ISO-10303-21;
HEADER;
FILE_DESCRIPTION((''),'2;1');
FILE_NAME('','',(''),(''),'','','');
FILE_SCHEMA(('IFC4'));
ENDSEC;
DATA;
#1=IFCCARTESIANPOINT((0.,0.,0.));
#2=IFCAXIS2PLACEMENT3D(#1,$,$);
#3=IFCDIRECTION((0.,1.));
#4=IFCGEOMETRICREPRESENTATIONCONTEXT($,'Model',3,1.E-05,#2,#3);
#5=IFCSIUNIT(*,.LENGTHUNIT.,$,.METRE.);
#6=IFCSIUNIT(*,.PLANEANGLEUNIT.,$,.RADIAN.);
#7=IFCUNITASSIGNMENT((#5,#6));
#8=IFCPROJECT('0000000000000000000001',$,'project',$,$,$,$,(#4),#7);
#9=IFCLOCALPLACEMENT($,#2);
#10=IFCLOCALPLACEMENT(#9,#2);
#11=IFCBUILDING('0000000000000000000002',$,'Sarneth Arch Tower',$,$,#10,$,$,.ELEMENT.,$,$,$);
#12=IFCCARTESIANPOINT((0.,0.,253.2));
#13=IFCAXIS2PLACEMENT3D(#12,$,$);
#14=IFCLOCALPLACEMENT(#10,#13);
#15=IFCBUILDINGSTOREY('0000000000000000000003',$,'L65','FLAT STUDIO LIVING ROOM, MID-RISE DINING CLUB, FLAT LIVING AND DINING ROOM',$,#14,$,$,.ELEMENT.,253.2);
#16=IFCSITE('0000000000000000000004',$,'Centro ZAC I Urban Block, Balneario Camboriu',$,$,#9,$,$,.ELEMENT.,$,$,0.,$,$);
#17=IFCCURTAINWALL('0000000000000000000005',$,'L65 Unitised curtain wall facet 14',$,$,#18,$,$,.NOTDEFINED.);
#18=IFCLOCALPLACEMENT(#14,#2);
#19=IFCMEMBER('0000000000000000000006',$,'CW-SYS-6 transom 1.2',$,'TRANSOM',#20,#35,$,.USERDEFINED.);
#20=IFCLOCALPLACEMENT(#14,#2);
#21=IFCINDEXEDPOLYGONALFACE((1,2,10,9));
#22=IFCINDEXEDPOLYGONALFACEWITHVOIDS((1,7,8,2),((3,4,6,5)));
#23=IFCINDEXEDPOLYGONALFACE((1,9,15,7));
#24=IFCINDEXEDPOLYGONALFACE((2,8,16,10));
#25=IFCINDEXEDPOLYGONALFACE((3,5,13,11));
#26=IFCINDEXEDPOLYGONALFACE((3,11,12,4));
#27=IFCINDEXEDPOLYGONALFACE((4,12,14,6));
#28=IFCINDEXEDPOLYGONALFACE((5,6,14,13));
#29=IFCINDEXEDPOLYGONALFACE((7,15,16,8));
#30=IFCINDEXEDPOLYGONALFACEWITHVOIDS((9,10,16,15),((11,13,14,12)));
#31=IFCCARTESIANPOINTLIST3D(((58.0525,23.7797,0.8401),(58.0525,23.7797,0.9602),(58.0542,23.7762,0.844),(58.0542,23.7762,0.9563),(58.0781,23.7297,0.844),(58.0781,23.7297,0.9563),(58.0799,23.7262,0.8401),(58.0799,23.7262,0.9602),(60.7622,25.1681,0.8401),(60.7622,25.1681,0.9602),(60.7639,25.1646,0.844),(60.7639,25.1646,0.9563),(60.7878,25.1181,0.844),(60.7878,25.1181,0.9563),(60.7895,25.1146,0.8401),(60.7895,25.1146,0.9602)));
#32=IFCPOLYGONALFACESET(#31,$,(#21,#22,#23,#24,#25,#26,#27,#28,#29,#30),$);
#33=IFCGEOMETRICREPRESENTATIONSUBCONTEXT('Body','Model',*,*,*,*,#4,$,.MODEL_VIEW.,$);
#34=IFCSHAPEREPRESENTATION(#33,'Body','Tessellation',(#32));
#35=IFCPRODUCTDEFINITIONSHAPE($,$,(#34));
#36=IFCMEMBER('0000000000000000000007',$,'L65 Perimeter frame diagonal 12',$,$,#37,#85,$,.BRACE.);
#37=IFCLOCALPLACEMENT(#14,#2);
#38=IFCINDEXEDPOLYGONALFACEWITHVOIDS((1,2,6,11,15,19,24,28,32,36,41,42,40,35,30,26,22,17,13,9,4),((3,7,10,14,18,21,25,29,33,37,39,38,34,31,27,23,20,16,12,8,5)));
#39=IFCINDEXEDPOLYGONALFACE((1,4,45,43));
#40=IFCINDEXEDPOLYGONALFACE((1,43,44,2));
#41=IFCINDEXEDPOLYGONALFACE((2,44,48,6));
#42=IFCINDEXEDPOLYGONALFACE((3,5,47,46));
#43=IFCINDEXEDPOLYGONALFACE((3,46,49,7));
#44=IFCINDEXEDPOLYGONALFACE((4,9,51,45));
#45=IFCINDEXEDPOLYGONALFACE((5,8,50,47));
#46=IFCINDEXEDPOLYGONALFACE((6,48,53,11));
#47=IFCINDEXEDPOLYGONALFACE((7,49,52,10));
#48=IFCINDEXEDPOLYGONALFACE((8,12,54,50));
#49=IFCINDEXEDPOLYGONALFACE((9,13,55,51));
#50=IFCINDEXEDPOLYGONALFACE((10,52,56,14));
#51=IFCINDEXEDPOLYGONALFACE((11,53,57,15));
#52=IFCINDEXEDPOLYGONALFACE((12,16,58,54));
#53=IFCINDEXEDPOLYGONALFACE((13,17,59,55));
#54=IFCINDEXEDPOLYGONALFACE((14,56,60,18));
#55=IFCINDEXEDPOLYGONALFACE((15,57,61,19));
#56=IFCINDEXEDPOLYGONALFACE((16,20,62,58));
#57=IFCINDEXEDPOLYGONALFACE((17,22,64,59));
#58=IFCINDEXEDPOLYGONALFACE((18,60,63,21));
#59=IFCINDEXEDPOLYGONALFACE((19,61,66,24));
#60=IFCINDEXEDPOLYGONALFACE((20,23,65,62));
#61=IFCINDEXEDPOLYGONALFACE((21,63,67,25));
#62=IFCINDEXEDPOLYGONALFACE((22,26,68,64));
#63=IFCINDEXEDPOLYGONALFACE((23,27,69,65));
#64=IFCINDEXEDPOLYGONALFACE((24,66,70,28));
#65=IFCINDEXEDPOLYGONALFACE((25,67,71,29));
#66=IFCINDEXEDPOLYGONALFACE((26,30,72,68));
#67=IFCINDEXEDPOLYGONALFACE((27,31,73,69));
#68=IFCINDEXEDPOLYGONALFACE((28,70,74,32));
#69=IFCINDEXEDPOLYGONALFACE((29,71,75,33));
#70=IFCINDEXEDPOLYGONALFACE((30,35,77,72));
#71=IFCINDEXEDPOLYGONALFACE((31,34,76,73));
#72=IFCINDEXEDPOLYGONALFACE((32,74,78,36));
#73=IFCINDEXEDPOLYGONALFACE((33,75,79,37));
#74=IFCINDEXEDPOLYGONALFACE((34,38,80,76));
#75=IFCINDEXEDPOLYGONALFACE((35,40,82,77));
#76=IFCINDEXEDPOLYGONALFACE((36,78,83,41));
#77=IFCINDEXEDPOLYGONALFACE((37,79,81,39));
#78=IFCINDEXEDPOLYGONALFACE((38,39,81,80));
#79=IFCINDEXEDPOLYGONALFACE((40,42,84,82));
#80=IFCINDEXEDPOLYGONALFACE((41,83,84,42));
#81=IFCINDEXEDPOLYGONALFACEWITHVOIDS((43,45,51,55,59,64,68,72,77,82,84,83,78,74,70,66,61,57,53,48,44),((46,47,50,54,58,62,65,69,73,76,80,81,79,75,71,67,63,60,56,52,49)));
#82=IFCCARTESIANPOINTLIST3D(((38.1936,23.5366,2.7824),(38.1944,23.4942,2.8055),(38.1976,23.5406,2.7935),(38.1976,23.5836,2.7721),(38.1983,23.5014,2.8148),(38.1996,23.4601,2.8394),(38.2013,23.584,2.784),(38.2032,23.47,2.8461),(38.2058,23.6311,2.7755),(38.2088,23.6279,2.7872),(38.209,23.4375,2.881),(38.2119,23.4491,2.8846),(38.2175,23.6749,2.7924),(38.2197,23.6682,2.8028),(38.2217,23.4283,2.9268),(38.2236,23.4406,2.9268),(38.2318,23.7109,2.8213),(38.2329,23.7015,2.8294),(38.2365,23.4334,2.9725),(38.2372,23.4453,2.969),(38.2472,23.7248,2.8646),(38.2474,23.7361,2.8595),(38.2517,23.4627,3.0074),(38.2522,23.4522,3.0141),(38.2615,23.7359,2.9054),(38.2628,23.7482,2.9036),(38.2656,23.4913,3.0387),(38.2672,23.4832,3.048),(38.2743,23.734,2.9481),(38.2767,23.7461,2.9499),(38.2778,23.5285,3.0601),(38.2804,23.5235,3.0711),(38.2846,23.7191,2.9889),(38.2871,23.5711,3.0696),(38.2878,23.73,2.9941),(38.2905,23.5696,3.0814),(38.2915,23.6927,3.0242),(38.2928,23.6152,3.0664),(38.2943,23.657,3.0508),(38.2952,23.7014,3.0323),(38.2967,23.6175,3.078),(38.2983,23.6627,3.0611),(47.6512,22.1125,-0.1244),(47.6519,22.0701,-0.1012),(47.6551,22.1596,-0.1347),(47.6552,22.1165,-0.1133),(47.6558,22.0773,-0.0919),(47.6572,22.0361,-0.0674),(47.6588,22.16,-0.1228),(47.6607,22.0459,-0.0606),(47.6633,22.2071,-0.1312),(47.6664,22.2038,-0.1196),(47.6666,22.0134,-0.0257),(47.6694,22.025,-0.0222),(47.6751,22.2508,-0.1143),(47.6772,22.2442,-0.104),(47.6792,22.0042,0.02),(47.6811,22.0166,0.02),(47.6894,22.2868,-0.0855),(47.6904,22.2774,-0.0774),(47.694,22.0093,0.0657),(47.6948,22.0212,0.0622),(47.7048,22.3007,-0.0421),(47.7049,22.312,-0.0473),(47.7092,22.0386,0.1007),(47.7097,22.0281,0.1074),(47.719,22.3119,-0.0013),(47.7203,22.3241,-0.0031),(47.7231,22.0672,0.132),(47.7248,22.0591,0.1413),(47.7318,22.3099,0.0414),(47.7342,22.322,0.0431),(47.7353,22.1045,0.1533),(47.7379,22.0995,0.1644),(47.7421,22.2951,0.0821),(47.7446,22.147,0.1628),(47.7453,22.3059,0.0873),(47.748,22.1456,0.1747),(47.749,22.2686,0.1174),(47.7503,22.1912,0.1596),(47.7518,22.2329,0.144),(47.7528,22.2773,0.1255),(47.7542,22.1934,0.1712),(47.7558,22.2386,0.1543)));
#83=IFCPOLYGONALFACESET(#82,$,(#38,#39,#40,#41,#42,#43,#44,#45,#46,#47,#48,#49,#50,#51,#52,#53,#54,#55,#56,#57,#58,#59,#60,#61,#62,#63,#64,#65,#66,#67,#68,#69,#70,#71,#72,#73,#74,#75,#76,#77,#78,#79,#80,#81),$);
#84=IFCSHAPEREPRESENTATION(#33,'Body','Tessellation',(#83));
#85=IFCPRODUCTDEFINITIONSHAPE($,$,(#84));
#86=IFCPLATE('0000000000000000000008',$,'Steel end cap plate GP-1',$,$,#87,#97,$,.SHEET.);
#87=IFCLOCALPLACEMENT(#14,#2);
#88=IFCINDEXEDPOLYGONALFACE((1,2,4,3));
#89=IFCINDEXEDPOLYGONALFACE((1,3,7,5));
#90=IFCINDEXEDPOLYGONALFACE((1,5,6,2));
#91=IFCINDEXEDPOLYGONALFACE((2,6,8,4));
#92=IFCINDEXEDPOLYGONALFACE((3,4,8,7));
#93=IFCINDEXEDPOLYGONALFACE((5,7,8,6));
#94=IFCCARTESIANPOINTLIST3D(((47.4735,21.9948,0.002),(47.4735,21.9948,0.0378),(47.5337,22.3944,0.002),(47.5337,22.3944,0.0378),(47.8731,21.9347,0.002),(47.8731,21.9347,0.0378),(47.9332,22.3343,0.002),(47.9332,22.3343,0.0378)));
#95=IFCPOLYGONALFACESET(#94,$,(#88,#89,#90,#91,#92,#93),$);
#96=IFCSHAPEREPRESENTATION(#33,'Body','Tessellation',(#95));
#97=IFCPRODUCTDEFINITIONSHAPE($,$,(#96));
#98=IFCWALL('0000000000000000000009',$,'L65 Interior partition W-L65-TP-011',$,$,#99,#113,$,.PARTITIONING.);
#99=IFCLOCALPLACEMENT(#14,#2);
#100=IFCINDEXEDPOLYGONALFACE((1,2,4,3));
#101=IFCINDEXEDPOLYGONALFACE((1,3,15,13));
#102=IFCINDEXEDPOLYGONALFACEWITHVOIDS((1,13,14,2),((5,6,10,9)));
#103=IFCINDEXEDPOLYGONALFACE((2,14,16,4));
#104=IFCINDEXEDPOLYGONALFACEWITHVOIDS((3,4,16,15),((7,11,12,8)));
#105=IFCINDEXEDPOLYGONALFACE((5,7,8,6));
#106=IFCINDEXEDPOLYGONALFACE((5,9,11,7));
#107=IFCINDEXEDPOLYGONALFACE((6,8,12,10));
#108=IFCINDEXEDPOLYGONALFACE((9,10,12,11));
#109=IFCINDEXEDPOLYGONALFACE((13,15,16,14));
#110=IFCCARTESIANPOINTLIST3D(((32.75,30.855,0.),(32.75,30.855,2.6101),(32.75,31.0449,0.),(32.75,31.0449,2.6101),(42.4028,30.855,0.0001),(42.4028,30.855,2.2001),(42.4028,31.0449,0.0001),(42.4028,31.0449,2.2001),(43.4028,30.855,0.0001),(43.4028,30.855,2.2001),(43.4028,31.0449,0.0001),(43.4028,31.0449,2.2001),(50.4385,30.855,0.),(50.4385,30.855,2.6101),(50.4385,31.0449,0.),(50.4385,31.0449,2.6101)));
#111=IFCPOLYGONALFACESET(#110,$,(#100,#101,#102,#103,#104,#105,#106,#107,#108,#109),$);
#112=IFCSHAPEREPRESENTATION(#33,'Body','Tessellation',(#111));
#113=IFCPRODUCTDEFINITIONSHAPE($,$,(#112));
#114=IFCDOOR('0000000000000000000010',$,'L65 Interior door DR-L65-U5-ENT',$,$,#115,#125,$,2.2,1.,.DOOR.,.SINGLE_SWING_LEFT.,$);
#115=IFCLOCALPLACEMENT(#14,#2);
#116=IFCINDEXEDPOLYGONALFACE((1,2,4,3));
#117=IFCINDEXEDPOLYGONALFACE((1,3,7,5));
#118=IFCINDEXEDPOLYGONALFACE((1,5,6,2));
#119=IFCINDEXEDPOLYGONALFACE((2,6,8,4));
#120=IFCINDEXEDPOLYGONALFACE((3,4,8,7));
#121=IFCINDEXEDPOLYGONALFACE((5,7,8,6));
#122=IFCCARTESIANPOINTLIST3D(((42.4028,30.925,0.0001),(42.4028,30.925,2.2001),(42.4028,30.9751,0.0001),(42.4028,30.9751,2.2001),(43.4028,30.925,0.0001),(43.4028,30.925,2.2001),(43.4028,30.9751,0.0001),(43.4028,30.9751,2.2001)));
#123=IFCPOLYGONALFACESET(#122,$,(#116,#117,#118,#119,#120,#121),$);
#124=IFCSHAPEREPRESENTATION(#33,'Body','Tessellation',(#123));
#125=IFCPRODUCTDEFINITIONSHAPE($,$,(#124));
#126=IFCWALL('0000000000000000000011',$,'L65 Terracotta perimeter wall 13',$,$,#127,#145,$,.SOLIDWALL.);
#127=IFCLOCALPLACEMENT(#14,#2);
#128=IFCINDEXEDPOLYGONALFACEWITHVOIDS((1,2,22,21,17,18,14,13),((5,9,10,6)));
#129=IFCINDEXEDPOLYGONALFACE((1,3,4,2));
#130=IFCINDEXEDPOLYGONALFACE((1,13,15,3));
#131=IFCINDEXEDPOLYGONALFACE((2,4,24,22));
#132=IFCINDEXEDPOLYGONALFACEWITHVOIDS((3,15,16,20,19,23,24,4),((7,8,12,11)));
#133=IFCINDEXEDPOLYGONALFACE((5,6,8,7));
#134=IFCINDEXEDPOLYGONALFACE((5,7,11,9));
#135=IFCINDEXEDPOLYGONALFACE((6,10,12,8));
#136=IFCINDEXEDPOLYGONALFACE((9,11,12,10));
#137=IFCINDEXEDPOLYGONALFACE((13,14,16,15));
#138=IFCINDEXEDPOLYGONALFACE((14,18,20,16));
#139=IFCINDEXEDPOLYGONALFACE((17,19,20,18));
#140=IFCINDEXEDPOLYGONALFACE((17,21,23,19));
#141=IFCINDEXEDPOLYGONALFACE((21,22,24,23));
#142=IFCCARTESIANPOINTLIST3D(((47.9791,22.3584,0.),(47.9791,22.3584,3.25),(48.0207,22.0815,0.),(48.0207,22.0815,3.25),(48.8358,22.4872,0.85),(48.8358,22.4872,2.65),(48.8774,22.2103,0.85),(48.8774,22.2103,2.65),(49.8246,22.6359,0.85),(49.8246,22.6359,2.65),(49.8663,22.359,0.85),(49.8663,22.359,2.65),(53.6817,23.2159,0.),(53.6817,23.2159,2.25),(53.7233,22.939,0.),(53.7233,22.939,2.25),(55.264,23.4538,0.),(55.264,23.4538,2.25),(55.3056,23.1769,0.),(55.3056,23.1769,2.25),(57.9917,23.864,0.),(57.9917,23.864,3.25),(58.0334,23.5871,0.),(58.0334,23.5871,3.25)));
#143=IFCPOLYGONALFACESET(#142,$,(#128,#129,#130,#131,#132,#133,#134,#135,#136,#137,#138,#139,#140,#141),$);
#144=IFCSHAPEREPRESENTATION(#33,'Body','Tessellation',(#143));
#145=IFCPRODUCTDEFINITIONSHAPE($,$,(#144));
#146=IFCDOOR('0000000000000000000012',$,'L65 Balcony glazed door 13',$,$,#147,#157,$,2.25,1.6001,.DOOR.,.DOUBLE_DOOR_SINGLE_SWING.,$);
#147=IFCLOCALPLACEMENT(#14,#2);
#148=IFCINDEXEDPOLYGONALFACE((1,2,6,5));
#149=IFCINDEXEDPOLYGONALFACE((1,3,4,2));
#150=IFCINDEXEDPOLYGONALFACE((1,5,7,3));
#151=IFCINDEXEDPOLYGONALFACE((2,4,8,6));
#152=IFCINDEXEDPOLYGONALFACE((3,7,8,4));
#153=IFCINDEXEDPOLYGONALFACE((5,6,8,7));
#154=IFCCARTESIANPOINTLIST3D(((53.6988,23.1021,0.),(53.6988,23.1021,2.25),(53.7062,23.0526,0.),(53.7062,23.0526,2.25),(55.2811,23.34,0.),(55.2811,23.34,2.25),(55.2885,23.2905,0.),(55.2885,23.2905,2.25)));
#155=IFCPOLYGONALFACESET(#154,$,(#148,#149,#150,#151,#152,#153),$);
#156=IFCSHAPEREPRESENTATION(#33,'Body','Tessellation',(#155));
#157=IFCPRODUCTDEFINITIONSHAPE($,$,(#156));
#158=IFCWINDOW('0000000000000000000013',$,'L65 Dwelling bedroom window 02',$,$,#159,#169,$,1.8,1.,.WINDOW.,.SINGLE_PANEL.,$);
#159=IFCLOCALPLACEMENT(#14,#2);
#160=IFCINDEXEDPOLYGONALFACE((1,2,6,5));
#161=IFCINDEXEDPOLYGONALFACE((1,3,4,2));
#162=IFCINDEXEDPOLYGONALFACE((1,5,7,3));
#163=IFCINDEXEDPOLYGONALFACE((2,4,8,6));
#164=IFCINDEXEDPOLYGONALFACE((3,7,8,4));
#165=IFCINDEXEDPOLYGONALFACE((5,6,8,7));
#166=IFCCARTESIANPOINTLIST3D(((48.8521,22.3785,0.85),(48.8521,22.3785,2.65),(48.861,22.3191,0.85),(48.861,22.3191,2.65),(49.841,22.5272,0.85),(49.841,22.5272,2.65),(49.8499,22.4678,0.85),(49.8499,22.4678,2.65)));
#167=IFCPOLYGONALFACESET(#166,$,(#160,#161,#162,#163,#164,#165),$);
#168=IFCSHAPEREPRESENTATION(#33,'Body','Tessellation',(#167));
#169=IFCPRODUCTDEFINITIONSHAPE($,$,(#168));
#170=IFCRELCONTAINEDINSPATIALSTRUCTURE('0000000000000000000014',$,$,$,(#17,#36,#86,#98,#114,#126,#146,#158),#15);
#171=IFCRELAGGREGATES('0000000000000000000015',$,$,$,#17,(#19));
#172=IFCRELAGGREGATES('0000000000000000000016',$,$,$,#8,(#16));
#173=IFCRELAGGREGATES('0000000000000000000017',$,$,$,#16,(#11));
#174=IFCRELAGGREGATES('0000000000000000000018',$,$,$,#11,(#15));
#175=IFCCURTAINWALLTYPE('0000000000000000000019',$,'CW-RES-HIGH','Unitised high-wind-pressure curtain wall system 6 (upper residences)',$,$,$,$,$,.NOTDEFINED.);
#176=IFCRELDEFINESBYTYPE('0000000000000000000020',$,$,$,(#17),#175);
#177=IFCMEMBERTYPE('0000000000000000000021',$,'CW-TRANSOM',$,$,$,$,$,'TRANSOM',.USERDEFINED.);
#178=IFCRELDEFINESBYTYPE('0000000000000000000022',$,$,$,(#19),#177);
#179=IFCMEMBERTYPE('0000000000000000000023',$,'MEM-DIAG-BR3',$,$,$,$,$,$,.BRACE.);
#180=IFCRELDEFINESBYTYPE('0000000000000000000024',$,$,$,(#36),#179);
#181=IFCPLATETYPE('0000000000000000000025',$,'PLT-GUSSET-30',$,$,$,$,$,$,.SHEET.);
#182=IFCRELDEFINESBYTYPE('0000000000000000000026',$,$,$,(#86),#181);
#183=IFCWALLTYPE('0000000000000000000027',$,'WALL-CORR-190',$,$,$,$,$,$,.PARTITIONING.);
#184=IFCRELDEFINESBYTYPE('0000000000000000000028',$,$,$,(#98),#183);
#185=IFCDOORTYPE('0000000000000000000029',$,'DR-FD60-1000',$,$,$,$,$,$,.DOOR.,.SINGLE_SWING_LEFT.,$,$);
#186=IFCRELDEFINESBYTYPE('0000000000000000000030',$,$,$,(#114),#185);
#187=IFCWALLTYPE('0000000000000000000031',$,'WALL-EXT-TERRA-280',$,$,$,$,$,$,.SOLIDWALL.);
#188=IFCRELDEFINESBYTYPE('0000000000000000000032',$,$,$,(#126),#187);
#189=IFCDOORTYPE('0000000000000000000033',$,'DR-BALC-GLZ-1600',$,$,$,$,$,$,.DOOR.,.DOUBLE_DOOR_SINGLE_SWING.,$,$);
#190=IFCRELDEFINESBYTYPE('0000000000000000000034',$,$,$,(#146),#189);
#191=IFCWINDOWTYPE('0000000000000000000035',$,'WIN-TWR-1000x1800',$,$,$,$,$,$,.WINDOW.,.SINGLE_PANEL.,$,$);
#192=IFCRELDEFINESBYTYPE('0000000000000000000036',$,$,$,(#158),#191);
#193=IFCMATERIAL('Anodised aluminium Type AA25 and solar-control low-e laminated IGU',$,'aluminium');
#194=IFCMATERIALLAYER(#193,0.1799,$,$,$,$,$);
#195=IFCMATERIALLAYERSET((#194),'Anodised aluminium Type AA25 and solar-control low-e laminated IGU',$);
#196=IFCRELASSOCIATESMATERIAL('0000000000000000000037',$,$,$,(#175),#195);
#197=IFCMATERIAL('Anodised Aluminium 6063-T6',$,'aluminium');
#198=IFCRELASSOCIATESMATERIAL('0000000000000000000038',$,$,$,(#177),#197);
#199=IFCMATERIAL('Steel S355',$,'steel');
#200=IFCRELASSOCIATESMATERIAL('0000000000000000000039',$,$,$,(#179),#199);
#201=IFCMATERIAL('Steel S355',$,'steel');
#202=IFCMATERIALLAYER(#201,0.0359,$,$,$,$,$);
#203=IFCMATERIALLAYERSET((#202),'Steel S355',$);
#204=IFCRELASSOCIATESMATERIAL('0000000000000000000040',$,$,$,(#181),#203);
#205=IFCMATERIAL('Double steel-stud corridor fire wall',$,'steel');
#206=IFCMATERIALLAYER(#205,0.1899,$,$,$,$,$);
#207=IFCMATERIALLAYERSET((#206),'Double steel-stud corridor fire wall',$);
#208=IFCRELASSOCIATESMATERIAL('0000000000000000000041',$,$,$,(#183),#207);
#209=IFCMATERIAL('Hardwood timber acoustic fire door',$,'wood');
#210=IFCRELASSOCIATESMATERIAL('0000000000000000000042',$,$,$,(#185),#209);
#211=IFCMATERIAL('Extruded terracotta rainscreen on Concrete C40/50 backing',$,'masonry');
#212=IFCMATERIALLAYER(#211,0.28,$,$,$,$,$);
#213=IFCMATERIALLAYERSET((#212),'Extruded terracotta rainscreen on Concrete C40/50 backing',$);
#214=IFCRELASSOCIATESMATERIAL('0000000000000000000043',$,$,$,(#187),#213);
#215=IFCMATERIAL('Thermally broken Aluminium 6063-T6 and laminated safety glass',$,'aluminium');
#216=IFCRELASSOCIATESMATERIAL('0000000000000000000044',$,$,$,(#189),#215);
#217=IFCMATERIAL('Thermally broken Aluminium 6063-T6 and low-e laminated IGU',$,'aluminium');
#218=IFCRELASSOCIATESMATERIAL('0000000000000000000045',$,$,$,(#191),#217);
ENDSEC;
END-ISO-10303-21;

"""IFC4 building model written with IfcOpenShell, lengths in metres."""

from ifc_helpers import new_model, si_unit, direction, frame, frame_2d, origin, origin_2d, place, context, subcontext, project, spatial, rectangle, hollow_rectangle, hollow_circle, extrude, material, layer, layer_set, material_profile, profile_set, type_object, element, fill, aggregate, save


model = new_model("IFC4")

# Units and contexts
model_context = context("Model", 3, precision=1e-05, world=origin(), true_north=direction((0.0, 1.0)))
body_context = subcontext(model_context, "Body", "Model", "MODEL_VIEW")
ifc_project = project(units=[si_unit("LENGTHUNIT", "METRE"), si_unit("PLANEANGLEUNIT", "RADIAN")], contexts=[model_context])

# Site, building, storey
site_placement = place(None, origin())
site = spatial("IfcSite", under=ifc_project, at=site_placement, Name="Centro ZAC I Urban Block, Balneario Camboriu", CompositionType="ELEMENT", RefElevation=0.0)
building_placement = place(site_placement, origin())
building = spatial("IfcBuilding", under=site, at=building_placement, Name="Sarneth Arch Tower", CompositionType="ELEMENT")
storey_placement = place(building_placement, frame((0.0, 0.0, 253.2)))
storey = spatial("IfcBuildingStorey", under=building, at=storey_placement, Name="L65", Description="FLAT STUDIO LIVING ROOM, MID-RISE DINING CLUB, FLAT LIVING AND DINING ROOM", CompositionType="ELEMENT", Elevation=253.2)

# Curtain wall, member
ifc_material_1 = material(Name="Anodised aluminium Type AA25 and solar-control low-e laminated IGU", Category="aluminium")
ifc_layer_1 = layer(ifc_material_1, 0.1799)
ifc_layer_set_1 = layer_set([ifc_layer_1], Name="Anodised aluminium Type AA25 and solar-control low-e laminated IGU")
curtain_wall_type = type_object("IfcCurtainWallType", Name="CW-RES-HIGH", Description="Unitised high-wind-pressure curtain wall system 6 (upper residences)", PredefinedType="NOTDEFINED", material=ifc_layer_set_1)
curtain_wall_placement = place(storey_placement, origin())
curtain_wall = element("IfcCurtainWall", 1, at=curtain_wall_placement, inside=storey, type_object=curtain_wall_type, Name="L65 Unitised curtain wall facet 14", PredefinedType="NOTDEFINED")
ifc_material_2 = material(Name="Anodised Aluminium 6063-T6", Category="aluminium")
ifc_material_profile_1 = material_profile(ifc_material_2, hollow_rectangle(XDim=0.0601, YDim=0.1201, WallThickness=0.0039, at=origin_2d()), Name="AL-TRAN-120x60x4")
ifc_profile_set_1 = profile_set([ifc_material_profile_1], Name="Anodised Aluminium 6063-T6")
member_type_1 = type_object("IfcMemberType", Name="CW-TRANSOM", ElementType="TRANSOM", PredefinedType="USERDEFINED", material=ifc_profile_set_1)
member_1_placement = place(storey_placement, frame((58.0662, 23.7529, 0.9001), z_axis=(0.889974, 0.456012, 0.0), x_axis=(-0.456012, 0.889974, 0.0)))
member_1 = element("IfcMember", 2, at=member_1_placement, type_object=member_type_1, Name="CW-SYS-6 transom 1.2", ObjectType="TRANSOM", PredefinedType="USERDEFINED", context=body_context, shape_type="SweptSolid", body=[
    extrude(hollow_rectangle(XDim=0.0601, YDim=0.1201, WallThickness=0.0039, at=origin_2d()), origin(), (0.0, 0.0, 1.0), 3.0447),
])
aggregate(curtain_wall, [member_1])

# Member
ifc_material_3 = material(Name="Steel S355", Category="steel")
ifc_material_profile_2 = material_profile(ifc_material_3, hollow_circle(Radius=0.1621, WallThickness=0.0125, at=origin_2d()), Name="CHS324x12.5")
ifc_profile_set_2 = profile_set([ifc_material_profile_2], Name="Steel S355")
member_type_2 = type_object("IfcMemberType", Name="MEM-DIAG-BR3", PredefinedType="BRACE", material=ifc_profile_set_2)
member_2_placement = place(storey_placement, frame((47.7034, 22.1646, 0.02), z_axis=(-0.946122, 0.142463, 0.290788), x_axis=(-0.148897, -0.988853, 0.0)))
element("IfcMember", 3, at=member_2_placement, inside=storey, type_object=member_type_2, Name="L65 Perimeter frame diagonal 12", PredefinedType="BRACE", context=body_context, shape_type="SweptSolid", body=[
    extrude(hollow_circle(Radius=0.1621, WallThickness=0.0125, at=origin_2d()), origin(), (0.0, 0.0, 1.0), 9.9961),
])

# Plate
ifc_material_4 = material(Name="Steel S355", Category="steel")
ifc_layer_2 = layer(ifc_material_4, 0.0359)
ifc_layer_set_2 = layer_set([ifc_layer_2], Name="Steel S355")
plate_type = type_object("IfcPlateType", Name="PLT-GUSSET-30", PredefinedType="SHEET", material=ifc_layer_set_2)
plate_placement = place(storey_placement, frame((47.7034, 22.1646, 0.002), z_axis=(0.0, 0.0, 1.0), x_axis=(0.988861, -0.148845, 0.0)))
element("IfcPlate", 4, at=plate_placement, inside=storey, type_object=plate_type, Name="Steel end cap plate GP-1", PredefinedType="SHEET", context=body_context, shape_type="SweptSolid", body=[
    extrude(rectangle(XDim=0.4041, YDim=0.4041, at=origin_2d()), origin(), (0.0, 0.0, 1.0), 0.0359),
])

# Wall, opening, door
ifc_material_5 = material(Name="Double steel-stud corridor fire wall", Category="steel")
ifc_layer_3 = layer(ifc_material_5, 0.1899)
ifc_layer_set_3 = layer_set([ifc_layer_3], Name="Double steel-stud corridor fire wall")
wall_type_1 = type_object("IfcWallType", Name="WALL-CORR-190", PredefinedType="PARTITIONING", material=ifc_layer_set_3)
wall_1_placement = place(storey_placement, frame((50.4385, 30.95, 0.0), z_axis=(0.0, 0.0, 1.0), x_axis=(-1.0, 0.0, 0.0)))
wall_1 = element("IfcWall", 5, at=wall_1_placement, inside=storey, type_object=wall_type_1, Name="L65 Interior partition W-L65-TP-011", PredefinedType="PARTITIONING", context=body_context, shape_type="SweptSolid", body=[
    extrude(rectangle(XDim=17.6885, YDim=0.1899, at=frame_2d((8.8442, 0.0))), origin(), (0.0, 0.0, 1.0), 2.6101),
])
opening_1_placement = place(wall_1_placement, frame((7.0356, 0.0, 0.0)))
opening_1 = element("IfcOpeningElement", 6, at=opening_1_placement, cuts=wall_1, PredefinedType="OPENING", context=body_context, shape_type="SweptSolid", body=[
    extrude(rectangle(XDim=1.0, YDim=2.2, at=frame_2d((0.5, 1.1001))), frame((0.0, 0.105, 0.0), z_axis=(0.0, -1.0, 0.0), x_axis=(1.0, 0.0, 0.0)), (0.0, 0.0, 1.0), 0.21),
])
ifc_material_6 = material(Name="Hardwood timber acoustic fire door", Category="wood")
door_type_1 = type_object("IfcDoorType", Name="DR-FD60-1000", OperationType="SINGLE_SWING_LEFT", PredefinedType="DOOR", material=ifc_material_6)
door_1_placement = place(opening_1_placement, origin())
door_1 = element("IfcDoor", 7, at=door_1_placement, inside=storey, type_object=door_type_1, Name="L65 Interior door DR-L65-U5-ENT", OperationType="SINGLE_SWING_LEFT", OverallHeight=2.2, OverallWidth=1.0, PredefinedType="DOOR", context=body_context, shape_type="SweptSolid", body=[
    extrude(rectangle(XDim=1.0, YDim=2.2, at=frame_2d((0.5, 1.1001))), frame((0.0, 0.0249, 0.0), z_axis=(0.0, -1.0, 0.0), x_axis=(1.0, 0.0, 0.0)), (0.0, 0.0, 1.0), 0.05),
])
fill(opening_1, door_1)

# Wall, openings, door, window
ifc_material_7 = material(Name="Extruded terracotta rainscreen on Concrete C40/50 backing", Category="masonry")
ifc_layer_4 = layer(ifc_material_7, 0.28)
ifc_layer_set_4 = layer_set([ifc_layer_4], Name="Extruded terracotta rainscreen on Concrete C40/50 backing")
wall_type_2 = type_object("IfcWallType", Name="WALL-EXT-TERRA-280", PredefinedType="SOLIDWALL", material=ifc_layer_set_4)
wall_2_placement = place(storey_placement, frame((48.0, 22.22, 0.0), z_axis=(0.0, 0.0, 1.0), x_axis=(0.988883, 0.148699, 0.0)))
wall_2 = element("IfcWall", 8, at=wall_2_placement, inside=storey, type_object=wall_type_2, Name="L65 Terracotta perimeter wall 13", PredefinedType="SOLIDWALL", context=body_context, shape_type="SweptSolid", body=[
    extrude(rectangle(XDim=10.1252, YDim=0.28, at=frame_2d((5.0625, 0.0))), origin(), (0.0, 0.0, 1.0), 3.25),
])
opening_2_placement = place(wall_2_placement, frame((5.7666, 0.0, 0.0)))
opening_2 = element("IfcOpeningElement", 9, at=opening_2_placement, cuts=wall_2, PredefinedType="OPENING", context=body_context, shape_type="SweptSolid", body=[
    extrude(rectangle(XDim=1.6001, YDim=2.25, at=frame_2d((0.8, 1.125))), frame((0.0, 0.1499, 0.0), z_axis=(0.0, -1.0, 0.0), x_axis=(1.0, 0.0, 0.0)), (0.0, 0.0, 1.0), 0.3),
])
opening_3_placement = place(wall_2_placement, frame((0.8662, 0.0, 0.8501)))
opening_3 = element("IfcOpeningElement", 10, at=opening_3_placement, cuts=wall_2, PredefinedType="OPENING", context=body_context, shape_type="SweptSolid", body=[
    extrude(rectangle(XDim=1.0, YDim=1.8, at=frame_2d((0.5, 0.8999))), frame((0.0, 0.1499, 0.0), z_axis=(0.0, -1.0, 0.0), x_axis=(1.0, 0.0, 0.0)), (0.0, 0.0, 1.0), 0.3),
])
ifc_material_8 = material(Name="Thermally broken Aluminium 6063-T6 and laminated safety glass", Category="aluminium")
door_type_2 = type_object("IfcDoorType", Name="DR-BALC-GLZ-1600", OperationType="DOUBLE_DOOR_SINGLE_SWING", PredefinedType="DOOR", material=ifc_material_8)
door_2_placement = place(opening_2_placement, origin())
door_2 = element("IfcDoor", 11, at=door_2_placement, inside=storey, type_object=door_type_2, Name="L65 Balcony glazed door 13", OperationType="DOUBLE_DOOR_SINGLE_SWING", OverallHeight=2.25, OverallWidth=1.6001, PredefinedType="DOOR", context=body_context, shape_type="SweptSolid", body=[
    extrude(rectangle(XDim=1.6001, YDim=2.25, at=frame_2d((0.8, 1.125))), frame((0.0, 0.0249, 0.0), z_axis=(0.0, -1.0, 0.0), x_axis=(1.0, 0.0, 0.0)), (0.0, 0.0, 1.0), 0.05),
])
fill(opening_2, door_2)
ifc_material_9 = material(Name="Thermally broken Aluminium 6063-T6 and low-e laminated IGU", Category="aluminium")
window_type = type_object("IfcWindowType", Name="WIN-TWR-1000x1800", PartitioningType="SINGLE_PANEL", PredefinedType="WINDOW", material=ifc_material_9)
window_placement = place(opening_3_placement, origin())
window = element("IfcWindow", 12, at=window_placement, inside=storey, type_object=window_type, Name="L65 Dwelling bedroom window 02", OverallHeight=1.8, OverallWidth=1.0, PartitioningType="SINGLE_PANEL", PredefinedType="WINDOW", context=body_context, shape_type="SweptSolid", body=[
    extrude(rectangle(XDim=1.0, YDim=1.8, at=frame_2d((0.5, 0.8999))), frame((0.0, 0.03, 0.0), z_axis=(0.0, -1.0, 0.0), x_axis=(1.0, 0.0, 0.0)), (0.0, 0.0, 1.0), 0.0601),
])
fill(opening_3, window)

save(model, "model.ifc")
